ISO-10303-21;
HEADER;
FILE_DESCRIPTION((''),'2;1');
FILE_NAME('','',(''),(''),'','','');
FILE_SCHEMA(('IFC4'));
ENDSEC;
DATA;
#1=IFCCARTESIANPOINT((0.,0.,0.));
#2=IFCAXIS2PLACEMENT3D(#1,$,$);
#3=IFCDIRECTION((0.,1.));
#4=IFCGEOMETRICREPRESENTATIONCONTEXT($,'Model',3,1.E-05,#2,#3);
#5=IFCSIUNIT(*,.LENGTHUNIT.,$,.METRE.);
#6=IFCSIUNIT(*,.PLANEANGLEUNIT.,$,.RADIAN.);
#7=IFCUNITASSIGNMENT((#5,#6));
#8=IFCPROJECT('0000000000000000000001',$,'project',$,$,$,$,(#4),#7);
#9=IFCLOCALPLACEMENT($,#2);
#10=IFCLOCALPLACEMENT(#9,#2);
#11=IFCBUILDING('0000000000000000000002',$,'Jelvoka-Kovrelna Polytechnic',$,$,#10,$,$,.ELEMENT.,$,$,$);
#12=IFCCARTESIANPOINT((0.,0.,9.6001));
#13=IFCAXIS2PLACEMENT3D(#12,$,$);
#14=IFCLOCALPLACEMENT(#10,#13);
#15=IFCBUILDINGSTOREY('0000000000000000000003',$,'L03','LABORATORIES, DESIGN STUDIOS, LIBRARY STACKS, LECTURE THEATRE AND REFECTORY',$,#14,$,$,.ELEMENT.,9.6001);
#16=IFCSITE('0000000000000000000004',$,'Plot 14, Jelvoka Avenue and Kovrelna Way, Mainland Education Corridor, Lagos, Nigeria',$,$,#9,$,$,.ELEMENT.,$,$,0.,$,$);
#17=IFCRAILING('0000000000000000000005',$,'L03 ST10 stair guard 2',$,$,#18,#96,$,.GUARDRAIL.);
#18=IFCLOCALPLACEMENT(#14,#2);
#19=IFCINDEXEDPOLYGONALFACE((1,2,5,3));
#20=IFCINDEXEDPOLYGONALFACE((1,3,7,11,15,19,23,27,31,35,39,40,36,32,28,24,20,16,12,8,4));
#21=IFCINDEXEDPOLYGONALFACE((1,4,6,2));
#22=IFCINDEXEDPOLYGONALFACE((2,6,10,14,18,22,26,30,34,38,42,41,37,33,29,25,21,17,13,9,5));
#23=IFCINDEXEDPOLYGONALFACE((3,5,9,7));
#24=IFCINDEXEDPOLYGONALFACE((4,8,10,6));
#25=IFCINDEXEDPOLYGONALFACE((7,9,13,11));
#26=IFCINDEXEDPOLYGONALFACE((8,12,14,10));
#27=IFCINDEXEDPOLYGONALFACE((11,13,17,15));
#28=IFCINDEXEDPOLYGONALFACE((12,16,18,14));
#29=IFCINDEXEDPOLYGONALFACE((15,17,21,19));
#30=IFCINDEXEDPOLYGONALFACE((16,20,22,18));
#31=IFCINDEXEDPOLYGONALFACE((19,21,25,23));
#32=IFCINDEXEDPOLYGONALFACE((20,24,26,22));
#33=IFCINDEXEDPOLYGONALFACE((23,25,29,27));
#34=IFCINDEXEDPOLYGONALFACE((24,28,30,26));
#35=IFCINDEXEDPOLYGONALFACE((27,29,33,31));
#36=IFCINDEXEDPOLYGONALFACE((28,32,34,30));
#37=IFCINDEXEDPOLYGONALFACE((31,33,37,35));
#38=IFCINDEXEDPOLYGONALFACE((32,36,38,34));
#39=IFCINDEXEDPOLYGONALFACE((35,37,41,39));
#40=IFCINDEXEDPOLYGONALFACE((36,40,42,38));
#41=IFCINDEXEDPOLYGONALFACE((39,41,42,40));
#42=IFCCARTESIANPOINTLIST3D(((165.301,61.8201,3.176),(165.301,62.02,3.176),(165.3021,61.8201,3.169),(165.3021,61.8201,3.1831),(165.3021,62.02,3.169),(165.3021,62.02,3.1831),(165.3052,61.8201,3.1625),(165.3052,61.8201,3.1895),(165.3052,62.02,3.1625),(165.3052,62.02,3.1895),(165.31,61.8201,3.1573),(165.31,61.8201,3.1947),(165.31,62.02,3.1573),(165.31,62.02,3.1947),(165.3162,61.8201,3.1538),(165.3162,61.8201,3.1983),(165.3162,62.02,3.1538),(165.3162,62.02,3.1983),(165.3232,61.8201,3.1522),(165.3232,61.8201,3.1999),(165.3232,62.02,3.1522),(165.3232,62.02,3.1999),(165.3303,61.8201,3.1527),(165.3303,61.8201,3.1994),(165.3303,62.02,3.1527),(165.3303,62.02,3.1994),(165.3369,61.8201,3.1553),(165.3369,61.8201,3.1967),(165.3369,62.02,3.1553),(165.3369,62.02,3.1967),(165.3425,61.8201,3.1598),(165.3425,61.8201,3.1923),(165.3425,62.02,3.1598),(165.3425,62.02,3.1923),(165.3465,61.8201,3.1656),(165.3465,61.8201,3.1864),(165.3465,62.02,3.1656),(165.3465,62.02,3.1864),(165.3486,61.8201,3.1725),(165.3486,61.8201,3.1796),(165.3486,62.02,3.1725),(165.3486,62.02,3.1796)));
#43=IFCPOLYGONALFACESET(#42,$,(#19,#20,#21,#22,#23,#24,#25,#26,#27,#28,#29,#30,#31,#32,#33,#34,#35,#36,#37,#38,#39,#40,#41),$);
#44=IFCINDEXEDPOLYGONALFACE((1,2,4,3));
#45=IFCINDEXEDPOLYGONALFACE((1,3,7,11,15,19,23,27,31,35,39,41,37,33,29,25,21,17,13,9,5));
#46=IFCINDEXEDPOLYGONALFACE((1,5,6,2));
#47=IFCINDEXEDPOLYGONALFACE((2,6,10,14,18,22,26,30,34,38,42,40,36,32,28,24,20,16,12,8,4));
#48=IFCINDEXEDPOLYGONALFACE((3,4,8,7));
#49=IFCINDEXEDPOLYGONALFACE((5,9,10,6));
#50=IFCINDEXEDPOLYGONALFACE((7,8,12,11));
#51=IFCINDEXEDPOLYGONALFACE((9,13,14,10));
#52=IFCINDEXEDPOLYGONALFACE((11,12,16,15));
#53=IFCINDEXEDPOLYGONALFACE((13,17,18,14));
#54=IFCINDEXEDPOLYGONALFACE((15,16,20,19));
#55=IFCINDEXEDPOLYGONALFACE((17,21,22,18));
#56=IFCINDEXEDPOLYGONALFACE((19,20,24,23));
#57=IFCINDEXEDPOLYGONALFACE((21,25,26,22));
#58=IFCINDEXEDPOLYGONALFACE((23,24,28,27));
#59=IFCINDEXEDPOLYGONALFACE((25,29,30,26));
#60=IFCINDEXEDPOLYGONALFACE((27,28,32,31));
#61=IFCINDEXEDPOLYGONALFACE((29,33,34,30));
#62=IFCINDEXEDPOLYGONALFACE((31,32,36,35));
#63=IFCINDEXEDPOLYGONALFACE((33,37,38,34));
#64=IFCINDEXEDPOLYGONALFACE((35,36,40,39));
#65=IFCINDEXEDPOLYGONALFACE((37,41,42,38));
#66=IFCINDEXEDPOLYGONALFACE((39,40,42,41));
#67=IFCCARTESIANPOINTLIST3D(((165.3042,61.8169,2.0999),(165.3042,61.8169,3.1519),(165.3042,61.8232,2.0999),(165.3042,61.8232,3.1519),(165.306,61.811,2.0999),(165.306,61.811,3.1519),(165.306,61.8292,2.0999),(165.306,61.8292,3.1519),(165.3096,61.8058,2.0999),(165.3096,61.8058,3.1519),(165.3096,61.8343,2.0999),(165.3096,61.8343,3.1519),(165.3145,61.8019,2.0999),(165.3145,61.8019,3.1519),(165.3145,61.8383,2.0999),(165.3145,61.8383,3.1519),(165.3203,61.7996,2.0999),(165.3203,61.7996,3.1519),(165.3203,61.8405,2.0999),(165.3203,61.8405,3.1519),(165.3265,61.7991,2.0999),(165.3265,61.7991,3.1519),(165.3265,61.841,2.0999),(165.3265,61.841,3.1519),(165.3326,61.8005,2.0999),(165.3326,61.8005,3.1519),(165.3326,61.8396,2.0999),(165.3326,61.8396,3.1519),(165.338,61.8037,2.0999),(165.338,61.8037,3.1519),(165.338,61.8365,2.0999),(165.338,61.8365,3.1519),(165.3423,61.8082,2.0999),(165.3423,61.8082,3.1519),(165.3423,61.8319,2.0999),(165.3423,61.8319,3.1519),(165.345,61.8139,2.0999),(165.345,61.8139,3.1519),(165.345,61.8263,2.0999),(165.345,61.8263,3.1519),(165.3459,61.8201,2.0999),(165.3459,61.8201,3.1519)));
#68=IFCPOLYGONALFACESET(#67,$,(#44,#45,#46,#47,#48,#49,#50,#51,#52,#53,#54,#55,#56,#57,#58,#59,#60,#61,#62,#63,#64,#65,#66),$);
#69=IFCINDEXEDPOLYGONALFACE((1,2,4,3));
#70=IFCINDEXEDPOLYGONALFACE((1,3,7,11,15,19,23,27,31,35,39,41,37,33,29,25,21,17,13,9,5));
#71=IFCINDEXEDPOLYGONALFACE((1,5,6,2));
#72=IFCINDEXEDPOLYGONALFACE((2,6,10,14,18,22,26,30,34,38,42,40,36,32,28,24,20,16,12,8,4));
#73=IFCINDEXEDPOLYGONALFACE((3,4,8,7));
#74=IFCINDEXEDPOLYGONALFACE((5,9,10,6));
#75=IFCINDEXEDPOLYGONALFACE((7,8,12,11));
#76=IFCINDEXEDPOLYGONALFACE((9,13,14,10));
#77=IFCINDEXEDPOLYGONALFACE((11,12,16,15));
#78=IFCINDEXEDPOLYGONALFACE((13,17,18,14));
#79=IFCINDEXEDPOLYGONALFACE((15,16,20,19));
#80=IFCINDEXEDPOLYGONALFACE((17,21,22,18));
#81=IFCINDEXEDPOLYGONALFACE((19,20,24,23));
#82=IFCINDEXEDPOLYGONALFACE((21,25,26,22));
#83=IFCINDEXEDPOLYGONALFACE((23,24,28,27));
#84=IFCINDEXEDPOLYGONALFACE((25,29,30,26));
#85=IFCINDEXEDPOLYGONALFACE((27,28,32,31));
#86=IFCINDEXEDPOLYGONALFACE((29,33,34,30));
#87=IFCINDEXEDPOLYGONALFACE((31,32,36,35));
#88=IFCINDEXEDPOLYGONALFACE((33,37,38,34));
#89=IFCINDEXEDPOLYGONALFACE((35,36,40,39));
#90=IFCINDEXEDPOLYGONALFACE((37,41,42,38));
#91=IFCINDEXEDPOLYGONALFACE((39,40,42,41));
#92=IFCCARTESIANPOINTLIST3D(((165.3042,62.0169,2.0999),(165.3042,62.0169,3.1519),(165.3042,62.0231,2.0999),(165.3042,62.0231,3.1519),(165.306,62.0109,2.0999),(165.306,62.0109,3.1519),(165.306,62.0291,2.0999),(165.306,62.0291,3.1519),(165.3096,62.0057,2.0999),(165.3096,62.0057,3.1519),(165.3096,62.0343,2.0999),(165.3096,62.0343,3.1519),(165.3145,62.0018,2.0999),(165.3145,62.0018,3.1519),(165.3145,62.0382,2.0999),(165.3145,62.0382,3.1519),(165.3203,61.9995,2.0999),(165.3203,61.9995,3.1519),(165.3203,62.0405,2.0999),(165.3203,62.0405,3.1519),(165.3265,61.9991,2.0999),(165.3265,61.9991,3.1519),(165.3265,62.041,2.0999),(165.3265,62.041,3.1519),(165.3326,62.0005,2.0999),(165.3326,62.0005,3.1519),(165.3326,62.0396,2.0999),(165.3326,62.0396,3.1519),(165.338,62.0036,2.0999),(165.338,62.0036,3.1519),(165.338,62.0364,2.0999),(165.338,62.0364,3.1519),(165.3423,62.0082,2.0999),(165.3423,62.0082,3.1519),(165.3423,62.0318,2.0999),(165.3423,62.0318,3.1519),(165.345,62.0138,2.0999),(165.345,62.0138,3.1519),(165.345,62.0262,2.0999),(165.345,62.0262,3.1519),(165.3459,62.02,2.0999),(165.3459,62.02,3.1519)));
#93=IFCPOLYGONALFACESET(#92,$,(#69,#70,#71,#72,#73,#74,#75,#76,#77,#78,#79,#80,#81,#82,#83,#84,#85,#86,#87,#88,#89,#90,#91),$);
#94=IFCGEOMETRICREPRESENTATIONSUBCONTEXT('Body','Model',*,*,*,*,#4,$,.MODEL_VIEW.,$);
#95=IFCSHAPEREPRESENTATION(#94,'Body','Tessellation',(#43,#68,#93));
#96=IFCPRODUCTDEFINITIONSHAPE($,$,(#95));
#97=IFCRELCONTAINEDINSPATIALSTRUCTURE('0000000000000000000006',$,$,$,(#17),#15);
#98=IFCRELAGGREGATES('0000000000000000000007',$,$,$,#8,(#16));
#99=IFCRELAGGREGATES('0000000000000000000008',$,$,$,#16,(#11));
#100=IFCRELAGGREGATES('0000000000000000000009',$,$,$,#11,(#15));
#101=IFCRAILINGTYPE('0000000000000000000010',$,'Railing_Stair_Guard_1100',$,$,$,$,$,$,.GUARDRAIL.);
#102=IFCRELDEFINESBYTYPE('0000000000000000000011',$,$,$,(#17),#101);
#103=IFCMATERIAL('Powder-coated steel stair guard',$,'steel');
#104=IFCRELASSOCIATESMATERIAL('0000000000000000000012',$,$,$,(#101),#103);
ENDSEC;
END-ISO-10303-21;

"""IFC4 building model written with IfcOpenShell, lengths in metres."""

from ifc_helpers import new_model, si_unit, direction, frame, origin, origin_2d, place, context, subcontext, project, spatial, circle, extrude, material, type_object, element, save


model = new_model("IFC4")

# Units and contexts
model_context = context("Model", 3, precision=1e-05, world=origin(), true_north=direction((0.0, 1.0)))
body_context = subcontext(model_context, "Body", "Model", "MODEL_VIEW")
ifc_project = project(units=[si_unit("LENGTHUNIT", "METRE"), si_unit("PLANEANGLEUNIT", "RADIAN")], contexts=[model_context])

# Site, building, storey
site_placement = place(None, origin())
site = spatial("IfcSite", under=ifc_project, at=site_placement, Name="Plot 14, Jelvoka Avenue and Kovrelna Way, Mainland Education Corridor, Lagos, Nigeria", CompositionType="ELEMENT", RefElevation=0.0)
building_placement = place(site_placement, origin())
building = spatial("IfcBuilding", under=site, at=building_placement, Name="Jelvoka-Kovrelna Polytechnic", CompositionType="ELEMENT")
storey_placement = place(building_placement, frame((0.0, 0.0, 9.6001)))
storey = spatial("IfcBuildingStorey", under=building, at=storey_placement, Name="L03", Description="LABORATORIES, DESIGN STUDIOS, LIBRARY STACKS, LECTURE THEATRE AND REFECTORY", CompositionType="ELEMENT", Elevation=9.6001)

# Railing
ifc_material_1 = material(Name="Powder-coated steel stair guard", Category="steel")
railing_type_1 = type_object("IfcRailingType", Name="Railing_Stair_Guard_1100", PredefinedType="GUARDRAIL", material=ifc_material_1)
railing_1_placement = place(storey_placement, frame((165.325, 61.8201, 2.0999)))
element("IfcRailing", 1, at=railing_1_placement, inside=storey, type_object=railing_type_1, Name="L03 ST10 stair guard 2", PredefinedType="GUARDRAIL", context=body_context, shape_type="SweptSolid", body=[
    extrude(circle(Radius=0.0239, at=origin_2d()), frame((0.0, 0.0, 1.0762), z_axis=(0.0, 1.0, 0.0), x_axis=(-1.0, 0.0, 0.0)), (0.0, 0.0, 1.0), 0.2),
    extrude(circle(Radius=0.021, at=origin_2d()), origin(), (0.0, 0.0, 1.0), 1.052),
    extrude(circle(Radius=0.021, at=origin_2d()), frame((0.0, 0.2, 0.0)), (0.0, 0.0, 1.0), 1.052),
])

save(model, "model.ifc")
